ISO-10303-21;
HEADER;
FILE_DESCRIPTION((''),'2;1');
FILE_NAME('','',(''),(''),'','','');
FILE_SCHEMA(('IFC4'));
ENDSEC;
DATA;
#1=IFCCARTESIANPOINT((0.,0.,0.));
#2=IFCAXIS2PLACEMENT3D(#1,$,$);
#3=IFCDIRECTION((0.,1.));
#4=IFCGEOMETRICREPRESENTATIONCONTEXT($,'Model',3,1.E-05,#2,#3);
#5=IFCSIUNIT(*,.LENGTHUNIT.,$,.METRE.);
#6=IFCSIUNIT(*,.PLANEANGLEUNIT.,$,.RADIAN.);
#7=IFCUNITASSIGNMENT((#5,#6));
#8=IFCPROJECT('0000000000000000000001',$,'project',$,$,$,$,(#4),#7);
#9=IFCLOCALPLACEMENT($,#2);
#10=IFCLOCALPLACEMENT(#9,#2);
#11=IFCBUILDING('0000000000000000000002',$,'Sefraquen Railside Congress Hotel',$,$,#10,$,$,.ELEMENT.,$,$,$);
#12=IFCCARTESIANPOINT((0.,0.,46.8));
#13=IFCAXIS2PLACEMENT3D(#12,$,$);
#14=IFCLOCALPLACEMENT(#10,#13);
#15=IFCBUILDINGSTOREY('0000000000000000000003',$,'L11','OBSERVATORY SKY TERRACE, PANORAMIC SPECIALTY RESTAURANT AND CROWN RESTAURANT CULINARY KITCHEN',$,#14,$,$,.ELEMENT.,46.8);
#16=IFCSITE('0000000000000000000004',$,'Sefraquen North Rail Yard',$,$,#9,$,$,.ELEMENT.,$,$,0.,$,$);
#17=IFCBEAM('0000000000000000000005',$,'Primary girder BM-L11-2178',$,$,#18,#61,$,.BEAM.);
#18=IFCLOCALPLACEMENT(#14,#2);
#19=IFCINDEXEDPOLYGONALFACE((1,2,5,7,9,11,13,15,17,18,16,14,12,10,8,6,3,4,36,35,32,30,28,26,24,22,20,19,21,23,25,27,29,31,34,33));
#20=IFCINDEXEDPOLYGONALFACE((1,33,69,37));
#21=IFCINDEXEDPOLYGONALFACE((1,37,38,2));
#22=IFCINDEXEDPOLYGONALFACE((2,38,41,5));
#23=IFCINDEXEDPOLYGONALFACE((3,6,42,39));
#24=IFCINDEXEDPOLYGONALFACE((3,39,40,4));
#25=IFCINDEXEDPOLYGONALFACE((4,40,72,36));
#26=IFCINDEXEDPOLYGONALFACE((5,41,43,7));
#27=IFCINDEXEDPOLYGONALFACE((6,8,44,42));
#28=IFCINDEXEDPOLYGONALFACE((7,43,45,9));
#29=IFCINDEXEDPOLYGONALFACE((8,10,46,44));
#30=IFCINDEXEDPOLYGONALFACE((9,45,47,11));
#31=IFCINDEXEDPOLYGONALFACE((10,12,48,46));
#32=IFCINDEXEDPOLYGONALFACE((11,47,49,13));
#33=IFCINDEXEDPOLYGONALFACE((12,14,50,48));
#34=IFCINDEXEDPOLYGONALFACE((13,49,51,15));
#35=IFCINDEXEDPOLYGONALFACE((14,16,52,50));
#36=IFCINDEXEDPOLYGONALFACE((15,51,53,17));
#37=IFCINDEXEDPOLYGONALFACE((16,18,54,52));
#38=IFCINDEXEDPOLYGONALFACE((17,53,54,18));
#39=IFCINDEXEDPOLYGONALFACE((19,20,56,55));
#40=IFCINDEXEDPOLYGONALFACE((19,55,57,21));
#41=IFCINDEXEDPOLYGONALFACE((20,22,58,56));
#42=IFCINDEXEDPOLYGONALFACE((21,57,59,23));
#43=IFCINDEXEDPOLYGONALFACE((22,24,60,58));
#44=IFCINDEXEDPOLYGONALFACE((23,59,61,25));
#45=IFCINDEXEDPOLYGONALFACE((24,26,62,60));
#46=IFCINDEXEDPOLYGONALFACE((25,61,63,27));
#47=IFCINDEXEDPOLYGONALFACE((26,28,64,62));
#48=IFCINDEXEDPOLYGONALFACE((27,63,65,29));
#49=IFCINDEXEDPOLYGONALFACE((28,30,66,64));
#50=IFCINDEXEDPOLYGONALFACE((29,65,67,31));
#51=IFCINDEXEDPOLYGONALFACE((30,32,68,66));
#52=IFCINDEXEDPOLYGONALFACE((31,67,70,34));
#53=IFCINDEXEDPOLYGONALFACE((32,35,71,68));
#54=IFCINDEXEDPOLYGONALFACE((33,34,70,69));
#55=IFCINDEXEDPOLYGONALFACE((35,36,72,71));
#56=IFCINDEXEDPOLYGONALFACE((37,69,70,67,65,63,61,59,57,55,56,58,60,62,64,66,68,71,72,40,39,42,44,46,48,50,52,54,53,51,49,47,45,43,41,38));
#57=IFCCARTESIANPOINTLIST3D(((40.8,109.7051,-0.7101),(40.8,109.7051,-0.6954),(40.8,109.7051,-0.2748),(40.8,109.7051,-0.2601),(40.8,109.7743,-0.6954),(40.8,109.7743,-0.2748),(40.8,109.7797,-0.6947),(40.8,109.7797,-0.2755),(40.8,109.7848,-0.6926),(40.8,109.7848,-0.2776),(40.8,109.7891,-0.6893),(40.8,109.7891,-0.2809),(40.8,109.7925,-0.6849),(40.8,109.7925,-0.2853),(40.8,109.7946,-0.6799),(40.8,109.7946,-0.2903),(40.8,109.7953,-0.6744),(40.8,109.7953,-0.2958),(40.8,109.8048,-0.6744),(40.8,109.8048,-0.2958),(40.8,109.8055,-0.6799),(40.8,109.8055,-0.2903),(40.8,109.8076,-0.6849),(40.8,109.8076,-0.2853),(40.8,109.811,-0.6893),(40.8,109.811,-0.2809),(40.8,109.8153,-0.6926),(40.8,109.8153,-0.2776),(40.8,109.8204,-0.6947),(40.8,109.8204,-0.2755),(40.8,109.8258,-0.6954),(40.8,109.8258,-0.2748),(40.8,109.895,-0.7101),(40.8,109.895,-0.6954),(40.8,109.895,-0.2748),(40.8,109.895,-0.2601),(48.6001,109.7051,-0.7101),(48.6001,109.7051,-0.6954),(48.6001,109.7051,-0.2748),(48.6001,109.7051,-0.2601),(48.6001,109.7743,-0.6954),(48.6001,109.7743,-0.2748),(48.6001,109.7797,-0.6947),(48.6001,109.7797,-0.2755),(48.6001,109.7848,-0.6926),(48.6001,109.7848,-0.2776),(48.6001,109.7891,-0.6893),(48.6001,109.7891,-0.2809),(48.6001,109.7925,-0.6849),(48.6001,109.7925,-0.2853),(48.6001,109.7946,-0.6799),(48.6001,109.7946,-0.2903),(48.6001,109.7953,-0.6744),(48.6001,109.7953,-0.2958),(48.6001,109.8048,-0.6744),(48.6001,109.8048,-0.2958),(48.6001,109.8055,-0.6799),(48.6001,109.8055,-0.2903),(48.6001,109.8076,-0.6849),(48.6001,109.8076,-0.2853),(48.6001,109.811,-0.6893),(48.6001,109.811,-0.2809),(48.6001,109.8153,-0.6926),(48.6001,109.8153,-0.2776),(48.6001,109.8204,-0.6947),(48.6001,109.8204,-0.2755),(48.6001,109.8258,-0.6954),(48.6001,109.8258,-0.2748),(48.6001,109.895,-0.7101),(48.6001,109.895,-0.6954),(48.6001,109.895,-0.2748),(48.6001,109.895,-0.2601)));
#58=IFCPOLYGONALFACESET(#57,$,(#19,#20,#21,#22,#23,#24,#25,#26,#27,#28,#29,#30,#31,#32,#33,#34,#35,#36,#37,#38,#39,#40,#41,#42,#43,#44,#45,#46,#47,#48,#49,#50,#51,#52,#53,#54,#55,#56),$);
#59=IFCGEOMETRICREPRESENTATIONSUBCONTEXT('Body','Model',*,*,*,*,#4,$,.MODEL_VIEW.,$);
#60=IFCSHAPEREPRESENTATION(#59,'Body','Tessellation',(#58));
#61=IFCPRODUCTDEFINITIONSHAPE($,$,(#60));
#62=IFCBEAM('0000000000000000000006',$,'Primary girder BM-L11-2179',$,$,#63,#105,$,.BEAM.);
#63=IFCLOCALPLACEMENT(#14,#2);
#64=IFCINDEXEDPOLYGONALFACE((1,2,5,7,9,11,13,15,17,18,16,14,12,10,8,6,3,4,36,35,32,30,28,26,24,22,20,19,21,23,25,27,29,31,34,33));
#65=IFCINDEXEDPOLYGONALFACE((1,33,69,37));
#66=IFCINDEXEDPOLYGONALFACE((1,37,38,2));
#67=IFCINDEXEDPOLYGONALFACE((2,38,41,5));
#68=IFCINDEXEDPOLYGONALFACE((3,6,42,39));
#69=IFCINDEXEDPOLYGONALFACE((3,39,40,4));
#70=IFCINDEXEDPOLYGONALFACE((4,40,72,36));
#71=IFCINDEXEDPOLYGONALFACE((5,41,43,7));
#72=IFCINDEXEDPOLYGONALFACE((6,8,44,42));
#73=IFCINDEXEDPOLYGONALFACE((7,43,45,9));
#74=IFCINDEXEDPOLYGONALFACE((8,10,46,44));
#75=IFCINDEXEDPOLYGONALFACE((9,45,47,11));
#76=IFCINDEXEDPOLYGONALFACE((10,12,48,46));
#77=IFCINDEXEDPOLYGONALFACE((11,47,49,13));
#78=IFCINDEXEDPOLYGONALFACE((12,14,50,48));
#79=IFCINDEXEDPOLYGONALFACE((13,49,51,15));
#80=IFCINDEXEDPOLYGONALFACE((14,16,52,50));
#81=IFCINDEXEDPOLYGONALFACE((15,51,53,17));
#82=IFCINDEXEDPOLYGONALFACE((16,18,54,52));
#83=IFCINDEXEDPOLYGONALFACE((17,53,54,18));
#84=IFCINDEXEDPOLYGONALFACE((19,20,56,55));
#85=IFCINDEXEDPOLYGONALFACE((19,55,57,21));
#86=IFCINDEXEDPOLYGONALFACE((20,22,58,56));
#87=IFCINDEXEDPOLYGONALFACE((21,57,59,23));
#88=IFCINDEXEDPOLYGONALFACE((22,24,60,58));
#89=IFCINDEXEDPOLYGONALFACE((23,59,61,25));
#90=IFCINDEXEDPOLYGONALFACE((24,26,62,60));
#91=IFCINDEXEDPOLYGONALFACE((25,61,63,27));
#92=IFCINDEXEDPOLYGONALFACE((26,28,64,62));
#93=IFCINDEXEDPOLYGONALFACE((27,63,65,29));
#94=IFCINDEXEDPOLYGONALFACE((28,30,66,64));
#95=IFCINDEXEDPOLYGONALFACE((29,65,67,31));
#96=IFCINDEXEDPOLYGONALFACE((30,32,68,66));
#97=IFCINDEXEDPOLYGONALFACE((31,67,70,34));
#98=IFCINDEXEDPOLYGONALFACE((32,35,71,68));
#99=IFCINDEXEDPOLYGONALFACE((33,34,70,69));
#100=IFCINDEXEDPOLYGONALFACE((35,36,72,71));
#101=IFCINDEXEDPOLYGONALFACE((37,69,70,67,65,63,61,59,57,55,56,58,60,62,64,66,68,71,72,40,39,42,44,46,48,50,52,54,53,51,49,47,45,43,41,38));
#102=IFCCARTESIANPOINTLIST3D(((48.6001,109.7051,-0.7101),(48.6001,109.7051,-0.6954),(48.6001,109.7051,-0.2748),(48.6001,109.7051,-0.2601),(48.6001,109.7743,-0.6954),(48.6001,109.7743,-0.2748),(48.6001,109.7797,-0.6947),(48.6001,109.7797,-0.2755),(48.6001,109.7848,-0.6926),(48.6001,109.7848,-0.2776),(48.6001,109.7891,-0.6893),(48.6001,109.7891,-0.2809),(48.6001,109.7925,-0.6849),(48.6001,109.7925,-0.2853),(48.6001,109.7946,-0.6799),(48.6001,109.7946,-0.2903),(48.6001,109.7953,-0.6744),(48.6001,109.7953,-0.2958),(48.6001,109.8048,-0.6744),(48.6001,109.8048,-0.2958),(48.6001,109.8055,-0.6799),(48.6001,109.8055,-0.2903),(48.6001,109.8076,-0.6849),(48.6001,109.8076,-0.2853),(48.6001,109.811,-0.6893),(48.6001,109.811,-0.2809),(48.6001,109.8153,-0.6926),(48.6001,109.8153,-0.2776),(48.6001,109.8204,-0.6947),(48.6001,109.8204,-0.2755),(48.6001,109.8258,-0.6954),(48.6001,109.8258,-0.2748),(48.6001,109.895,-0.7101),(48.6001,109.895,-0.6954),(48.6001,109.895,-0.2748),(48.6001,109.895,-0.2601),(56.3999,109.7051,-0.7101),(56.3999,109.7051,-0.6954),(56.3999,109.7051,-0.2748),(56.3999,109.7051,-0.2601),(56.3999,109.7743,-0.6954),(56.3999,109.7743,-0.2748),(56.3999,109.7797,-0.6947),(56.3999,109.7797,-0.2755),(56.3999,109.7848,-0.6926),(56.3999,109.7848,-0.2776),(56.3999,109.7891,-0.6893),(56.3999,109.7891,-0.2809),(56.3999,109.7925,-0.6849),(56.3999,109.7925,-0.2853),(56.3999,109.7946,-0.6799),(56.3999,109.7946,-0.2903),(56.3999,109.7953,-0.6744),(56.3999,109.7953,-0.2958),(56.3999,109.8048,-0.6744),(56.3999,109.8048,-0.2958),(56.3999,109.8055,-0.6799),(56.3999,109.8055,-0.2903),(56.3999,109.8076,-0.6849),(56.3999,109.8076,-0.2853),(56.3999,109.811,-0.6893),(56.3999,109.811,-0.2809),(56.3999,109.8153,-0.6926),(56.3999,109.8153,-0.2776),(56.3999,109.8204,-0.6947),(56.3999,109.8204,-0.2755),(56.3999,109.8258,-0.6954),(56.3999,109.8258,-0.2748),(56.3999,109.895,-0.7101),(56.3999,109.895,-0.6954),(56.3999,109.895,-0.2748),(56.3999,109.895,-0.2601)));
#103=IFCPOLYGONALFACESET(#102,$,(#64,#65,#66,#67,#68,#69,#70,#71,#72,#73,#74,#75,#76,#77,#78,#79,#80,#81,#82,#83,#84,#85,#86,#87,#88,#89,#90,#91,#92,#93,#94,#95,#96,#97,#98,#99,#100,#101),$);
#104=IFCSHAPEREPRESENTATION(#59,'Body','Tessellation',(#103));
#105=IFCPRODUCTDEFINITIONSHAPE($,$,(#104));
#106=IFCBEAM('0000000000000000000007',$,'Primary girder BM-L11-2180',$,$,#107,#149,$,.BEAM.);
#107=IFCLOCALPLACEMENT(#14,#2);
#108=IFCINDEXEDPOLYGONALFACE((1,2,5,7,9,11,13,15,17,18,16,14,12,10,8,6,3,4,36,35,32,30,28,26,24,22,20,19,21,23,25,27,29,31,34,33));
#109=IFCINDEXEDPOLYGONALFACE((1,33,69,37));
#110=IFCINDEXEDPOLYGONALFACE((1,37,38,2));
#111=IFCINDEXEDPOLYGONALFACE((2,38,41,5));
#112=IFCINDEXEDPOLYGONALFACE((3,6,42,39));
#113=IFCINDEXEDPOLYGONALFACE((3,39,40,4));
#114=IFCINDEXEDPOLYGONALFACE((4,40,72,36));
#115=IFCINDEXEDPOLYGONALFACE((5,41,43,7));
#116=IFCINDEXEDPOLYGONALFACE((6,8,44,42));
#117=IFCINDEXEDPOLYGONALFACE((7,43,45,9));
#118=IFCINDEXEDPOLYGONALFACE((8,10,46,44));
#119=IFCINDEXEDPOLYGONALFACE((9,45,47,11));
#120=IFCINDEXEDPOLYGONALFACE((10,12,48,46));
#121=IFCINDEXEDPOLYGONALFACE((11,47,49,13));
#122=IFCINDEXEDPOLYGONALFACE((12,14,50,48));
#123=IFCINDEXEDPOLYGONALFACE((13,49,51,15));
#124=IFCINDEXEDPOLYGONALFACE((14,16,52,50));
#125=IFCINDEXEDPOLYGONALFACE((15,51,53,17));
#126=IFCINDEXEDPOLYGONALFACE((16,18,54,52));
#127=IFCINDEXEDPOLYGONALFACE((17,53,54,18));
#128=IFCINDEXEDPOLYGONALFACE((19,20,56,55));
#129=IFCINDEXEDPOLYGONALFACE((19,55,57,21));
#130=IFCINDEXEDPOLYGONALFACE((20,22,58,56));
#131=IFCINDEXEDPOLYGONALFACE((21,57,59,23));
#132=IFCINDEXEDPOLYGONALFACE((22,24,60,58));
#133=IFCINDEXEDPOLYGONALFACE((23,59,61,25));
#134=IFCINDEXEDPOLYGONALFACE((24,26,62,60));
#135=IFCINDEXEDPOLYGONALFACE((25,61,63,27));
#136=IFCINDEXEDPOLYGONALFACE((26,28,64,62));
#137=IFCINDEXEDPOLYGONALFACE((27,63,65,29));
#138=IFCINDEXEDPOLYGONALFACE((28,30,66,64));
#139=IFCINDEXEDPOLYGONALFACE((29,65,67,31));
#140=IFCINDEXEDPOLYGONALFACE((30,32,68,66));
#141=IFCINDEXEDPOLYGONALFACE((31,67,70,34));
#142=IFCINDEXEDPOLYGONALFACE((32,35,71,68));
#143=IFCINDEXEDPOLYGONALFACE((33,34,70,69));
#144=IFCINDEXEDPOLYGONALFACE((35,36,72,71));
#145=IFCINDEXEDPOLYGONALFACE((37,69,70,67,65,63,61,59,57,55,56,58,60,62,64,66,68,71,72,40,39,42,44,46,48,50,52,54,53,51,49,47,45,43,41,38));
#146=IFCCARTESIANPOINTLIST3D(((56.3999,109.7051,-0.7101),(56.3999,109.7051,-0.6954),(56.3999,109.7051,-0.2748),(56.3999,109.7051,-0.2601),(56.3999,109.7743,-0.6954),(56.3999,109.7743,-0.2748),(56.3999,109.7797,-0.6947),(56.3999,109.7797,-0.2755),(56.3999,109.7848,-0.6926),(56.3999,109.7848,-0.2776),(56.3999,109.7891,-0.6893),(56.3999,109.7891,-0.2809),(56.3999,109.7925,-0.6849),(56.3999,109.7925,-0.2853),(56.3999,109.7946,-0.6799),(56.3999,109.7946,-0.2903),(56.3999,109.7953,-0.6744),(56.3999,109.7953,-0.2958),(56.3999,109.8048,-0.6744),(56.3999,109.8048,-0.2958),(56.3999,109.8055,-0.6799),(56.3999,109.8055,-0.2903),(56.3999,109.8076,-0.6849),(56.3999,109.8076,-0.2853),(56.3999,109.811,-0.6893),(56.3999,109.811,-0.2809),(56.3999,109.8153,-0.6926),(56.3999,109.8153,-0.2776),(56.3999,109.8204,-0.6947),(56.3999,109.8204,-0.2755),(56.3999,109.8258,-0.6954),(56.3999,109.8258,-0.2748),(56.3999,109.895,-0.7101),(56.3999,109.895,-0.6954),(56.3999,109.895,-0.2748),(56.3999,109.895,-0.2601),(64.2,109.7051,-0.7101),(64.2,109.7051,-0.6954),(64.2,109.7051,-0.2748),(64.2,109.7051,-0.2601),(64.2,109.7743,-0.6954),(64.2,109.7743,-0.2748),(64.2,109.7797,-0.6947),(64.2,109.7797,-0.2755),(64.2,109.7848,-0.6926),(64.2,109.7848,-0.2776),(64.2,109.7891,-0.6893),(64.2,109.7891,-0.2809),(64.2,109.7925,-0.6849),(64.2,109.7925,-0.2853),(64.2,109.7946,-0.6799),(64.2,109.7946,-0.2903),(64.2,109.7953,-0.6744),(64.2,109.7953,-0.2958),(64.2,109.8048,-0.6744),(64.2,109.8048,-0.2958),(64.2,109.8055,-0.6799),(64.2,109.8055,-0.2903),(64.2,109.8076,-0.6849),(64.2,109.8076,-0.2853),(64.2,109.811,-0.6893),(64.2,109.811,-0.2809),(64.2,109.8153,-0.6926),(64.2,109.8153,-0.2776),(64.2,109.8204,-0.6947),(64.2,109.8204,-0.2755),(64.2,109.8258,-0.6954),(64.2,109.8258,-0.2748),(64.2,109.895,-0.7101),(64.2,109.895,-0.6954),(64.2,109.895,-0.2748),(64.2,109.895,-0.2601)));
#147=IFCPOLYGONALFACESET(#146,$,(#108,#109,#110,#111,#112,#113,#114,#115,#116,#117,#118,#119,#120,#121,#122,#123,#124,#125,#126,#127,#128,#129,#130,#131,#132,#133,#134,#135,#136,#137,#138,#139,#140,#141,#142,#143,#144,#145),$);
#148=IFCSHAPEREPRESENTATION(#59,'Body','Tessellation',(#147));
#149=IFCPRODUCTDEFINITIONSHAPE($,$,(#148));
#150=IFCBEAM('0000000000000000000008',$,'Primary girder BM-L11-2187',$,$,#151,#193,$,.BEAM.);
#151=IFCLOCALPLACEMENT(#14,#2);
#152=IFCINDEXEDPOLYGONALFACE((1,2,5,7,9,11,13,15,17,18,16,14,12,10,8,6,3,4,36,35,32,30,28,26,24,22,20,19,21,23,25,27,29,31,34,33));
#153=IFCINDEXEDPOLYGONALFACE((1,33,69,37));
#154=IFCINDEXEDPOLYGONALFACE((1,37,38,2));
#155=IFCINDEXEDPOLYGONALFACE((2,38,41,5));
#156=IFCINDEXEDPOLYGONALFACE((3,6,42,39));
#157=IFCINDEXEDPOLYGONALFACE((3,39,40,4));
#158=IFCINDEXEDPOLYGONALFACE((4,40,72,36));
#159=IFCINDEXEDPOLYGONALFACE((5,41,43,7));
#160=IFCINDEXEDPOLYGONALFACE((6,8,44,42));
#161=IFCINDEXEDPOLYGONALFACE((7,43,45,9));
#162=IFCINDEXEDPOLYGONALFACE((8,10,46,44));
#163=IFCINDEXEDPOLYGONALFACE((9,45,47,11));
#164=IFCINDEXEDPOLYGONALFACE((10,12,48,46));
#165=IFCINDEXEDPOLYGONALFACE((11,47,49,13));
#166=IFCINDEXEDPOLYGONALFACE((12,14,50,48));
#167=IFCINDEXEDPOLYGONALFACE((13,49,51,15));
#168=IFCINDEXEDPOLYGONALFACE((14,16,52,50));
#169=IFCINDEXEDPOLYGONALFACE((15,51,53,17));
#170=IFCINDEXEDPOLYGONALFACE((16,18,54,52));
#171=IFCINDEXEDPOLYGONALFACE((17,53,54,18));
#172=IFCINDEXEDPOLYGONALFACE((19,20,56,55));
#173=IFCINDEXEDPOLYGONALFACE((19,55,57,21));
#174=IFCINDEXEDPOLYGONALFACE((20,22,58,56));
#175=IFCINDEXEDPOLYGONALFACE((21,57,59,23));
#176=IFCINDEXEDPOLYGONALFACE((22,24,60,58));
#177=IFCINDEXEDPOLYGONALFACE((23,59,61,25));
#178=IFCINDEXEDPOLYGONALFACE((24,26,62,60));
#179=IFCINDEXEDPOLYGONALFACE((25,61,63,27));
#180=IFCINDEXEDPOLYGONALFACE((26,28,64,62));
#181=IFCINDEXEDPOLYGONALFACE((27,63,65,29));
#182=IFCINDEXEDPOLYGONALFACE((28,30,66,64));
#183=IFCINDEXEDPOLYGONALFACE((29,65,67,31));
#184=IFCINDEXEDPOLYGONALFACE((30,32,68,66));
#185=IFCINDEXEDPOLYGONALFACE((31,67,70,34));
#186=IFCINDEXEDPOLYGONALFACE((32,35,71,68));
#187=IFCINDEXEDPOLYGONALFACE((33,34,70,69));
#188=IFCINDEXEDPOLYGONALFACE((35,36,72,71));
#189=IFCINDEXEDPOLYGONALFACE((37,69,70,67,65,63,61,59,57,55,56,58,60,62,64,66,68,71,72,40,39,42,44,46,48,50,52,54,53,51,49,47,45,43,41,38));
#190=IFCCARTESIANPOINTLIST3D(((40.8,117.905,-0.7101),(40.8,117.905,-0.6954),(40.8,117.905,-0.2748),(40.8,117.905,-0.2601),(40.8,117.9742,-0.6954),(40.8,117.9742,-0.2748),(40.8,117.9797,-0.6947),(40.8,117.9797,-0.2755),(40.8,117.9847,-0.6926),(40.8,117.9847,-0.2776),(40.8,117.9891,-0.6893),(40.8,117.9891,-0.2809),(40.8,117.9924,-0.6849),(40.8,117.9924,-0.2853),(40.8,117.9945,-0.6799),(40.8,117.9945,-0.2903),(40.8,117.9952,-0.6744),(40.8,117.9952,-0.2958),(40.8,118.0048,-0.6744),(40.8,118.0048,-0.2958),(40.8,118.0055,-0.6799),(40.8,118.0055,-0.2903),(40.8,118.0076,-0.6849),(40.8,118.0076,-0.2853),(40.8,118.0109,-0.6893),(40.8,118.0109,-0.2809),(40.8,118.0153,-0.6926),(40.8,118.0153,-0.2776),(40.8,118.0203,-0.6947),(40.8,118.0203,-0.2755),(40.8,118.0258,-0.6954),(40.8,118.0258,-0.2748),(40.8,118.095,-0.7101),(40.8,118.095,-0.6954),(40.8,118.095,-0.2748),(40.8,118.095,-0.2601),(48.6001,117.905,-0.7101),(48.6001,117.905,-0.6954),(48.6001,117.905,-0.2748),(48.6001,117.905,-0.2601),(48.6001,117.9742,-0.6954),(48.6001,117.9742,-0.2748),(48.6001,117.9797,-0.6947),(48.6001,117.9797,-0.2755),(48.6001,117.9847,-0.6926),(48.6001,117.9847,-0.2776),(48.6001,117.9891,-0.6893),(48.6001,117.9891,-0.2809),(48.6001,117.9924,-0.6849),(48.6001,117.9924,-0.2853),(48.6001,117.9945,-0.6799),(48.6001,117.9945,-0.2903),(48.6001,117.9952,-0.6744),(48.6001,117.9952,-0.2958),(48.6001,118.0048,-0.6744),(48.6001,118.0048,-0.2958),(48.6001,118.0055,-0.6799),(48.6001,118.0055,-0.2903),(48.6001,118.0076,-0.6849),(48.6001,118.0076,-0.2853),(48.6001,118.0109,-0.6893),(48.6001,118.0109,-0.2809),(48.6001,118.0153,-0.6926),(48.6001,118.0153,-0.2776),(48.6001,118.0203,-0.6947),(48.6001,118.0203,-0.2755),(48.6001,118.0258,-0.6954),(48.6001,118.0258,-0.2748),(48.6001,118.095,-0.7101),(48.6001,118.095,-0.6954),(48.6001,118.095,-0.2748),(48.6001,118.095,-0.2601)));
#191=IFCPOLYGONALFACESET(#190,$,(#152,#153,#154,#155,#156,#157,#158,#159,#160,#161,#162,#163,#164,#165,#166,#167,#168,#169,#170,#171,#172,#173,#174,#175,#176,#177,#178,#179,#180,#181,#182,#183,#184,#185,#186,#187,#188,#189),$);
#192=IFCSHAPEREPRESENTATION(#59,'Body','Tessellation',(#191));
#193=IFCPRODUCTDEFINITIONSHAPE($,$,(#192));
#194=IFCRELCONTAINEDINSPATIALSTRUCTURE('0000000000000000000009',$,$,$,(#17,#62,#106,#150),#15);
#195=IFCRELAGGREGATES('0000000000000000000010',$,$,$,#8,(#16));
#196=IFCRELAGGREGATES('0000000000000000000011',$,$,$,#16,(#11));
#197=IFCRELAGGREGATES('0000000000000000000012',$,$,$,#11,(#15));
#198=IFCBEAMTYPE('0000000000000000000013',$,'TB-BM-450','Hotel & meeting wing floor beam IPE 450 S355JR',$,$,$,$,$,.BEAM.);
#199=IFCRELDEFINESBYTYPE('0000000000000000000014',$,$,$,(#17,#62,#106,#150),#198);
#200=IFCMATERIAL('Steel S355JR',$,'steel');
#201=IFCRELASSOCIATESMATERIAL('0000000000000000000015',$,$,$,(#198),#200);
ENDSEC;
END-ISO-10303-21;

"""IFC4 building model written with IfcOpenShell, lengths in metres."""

from ifc_helpers import new_model, si_unit, direction, frame, origin, origin_2d, place, context, subcontext, project, spatial, i_section, extrude, material, material_profile, profile_set, type_object, element, save


model = new_model("IFC4")

# Units and contexts
model_context = context("Model", 3, precision=1e-05, world=origin(), true_north=direction((0.0, 1.0)))
body_context = subcontext(model_context, "Body", "Model", "MODEL_VIEW")
ifc_project = project(units=[si_unit("LENGTHUNIT", "METRE"), si_unit("PLANEANGLEUNIT", "RADIAN")], contexts=[model_context])

# Site, building, storey
site_placement = place(None, origin())
site = spatial("IfcSite", under=ifc_project, at=site_placement, Name="Sefraquen North Rail Yard", CompositionType="ELEMENT", RefElevation=0.0)
building_placement = place(site_placement, origin())
building = spatial("IfcBuilding", under=site, at=building_placement, Name="Sefraquen Railside Congress Hotel", CompositionType="ELEMENT")
storey_placement = place(building_placement, frame((0.0, 0.0, 46.8)))
storey = spatial("IfcBuildingStorey", under=building, at=storey_placement, Name="L11", Description="OBSERVATORY SKY TERRACE, PANORAMIC SPECIALTY RESTAURANT AND CROWN RESTAURANT CULINARY KITCHEN", CompositionType="ELEMENT", Elevation=46.8)

# Shared definitions
ifc_material_1 = material(Name="Steel S355JR", Category="steel")

# Beams
ifc_material_profile_1 = material_profile(ifc_material_1, i_section(OverallWidth=0.1899, OverallDepth=0.45, WebThickness=0.0095, FlangeThickness=0.0146, FilletRadius=0.021, at=origin_2d()), Name="IPE 450")
ifc_profile_set_1 = profile_set([ifc_material_profile_1], Name="Steel S355JR")
beam_type_1 = type_object("IfcBeamType", Name="TB-BM-450", Description="Hotel & meeting wing floor beam IPE 450 S355JR", PredefinedType="BEAM", material=ifc_profile_set_1)
beam_1_placement = place(storey_placement, frame((40.8, 109.8, -0.4851), z_axis=(1.0, 0.0, 0.0), x_axis=(0.0, 1.0, 0.0)))
element("IfcBeam", 1, at=beam_1_placement, inside=storey, type_object=beam_type_1, Name="Primary girder BM-L11-2178", PredefinedType="BEAM", context=body_context, shape_type="SweptSolid", body=[
    extrude(i_section(OverallWidth=0.1899, OverallDepth=0.45, WebThickness=0.0095, FlangeThickness=0.0146, FilletRadius=0.021, at=origin_2d()), origin(), (0.0, 0.0, 1.0), 7.8),
])
beam_2_placement = place(storey_placement, frame((48.6001, 109.8, -0.4851), z_axis=(1.0, 0.0, 0.0), x_axis=(0.0, 1.0, 0.0)))
element("IfcBeam", 2, at=beam_2_placement, inside=storey, type_object=beam_type_1, Name="Primary girder BM-L11-2179", PredefinedType="BEAM", context=body_context, shape_type="SweptSolid", body=[
    extrude(i_section(OverallWidth=0.1899, OverallDepth=0.45, WebThickness=0.0095, FlangeThickness=0.0146, FilletRadius=0.021, at=origin_2d()), origin(), (0.0, 0.0, 1.0), 7.7998),
])
for number, where, z_axis, x_axis, name in (
    (3, (56.3999, 109.8, -0.4851), (1.0, 0.0, 0.0), (0.0, 1.0, 0.0), "Primary girder BM-L11-2180"),
    (4, (40.8, 118.0, -0.4851), (1.0, 0.0, 0.0), (0.0, 1.0, 0.0), "Primary girder BM-L11-2187"),
):
    element("IfcBeam", number, at=place(storey_placement, frame(where, z_axis=z_axis, x_axis=x_axis)), inside=storey, type_object=beam_type_1, Name=name, PredefinedType="BEAM", context=body_context, shape_type="SweptSolid", body=[
        extrude(i_section(OverallWidth=0.1899, OverallDepth=0.45, WebThickness=0.0095, FlangeThickness=0.0146, FilletRadius=0.021, at=origin_2d()), origin(), (0.0, 0.0, 1.0), 7.8),
    ])

save(model, "model.ifc")
